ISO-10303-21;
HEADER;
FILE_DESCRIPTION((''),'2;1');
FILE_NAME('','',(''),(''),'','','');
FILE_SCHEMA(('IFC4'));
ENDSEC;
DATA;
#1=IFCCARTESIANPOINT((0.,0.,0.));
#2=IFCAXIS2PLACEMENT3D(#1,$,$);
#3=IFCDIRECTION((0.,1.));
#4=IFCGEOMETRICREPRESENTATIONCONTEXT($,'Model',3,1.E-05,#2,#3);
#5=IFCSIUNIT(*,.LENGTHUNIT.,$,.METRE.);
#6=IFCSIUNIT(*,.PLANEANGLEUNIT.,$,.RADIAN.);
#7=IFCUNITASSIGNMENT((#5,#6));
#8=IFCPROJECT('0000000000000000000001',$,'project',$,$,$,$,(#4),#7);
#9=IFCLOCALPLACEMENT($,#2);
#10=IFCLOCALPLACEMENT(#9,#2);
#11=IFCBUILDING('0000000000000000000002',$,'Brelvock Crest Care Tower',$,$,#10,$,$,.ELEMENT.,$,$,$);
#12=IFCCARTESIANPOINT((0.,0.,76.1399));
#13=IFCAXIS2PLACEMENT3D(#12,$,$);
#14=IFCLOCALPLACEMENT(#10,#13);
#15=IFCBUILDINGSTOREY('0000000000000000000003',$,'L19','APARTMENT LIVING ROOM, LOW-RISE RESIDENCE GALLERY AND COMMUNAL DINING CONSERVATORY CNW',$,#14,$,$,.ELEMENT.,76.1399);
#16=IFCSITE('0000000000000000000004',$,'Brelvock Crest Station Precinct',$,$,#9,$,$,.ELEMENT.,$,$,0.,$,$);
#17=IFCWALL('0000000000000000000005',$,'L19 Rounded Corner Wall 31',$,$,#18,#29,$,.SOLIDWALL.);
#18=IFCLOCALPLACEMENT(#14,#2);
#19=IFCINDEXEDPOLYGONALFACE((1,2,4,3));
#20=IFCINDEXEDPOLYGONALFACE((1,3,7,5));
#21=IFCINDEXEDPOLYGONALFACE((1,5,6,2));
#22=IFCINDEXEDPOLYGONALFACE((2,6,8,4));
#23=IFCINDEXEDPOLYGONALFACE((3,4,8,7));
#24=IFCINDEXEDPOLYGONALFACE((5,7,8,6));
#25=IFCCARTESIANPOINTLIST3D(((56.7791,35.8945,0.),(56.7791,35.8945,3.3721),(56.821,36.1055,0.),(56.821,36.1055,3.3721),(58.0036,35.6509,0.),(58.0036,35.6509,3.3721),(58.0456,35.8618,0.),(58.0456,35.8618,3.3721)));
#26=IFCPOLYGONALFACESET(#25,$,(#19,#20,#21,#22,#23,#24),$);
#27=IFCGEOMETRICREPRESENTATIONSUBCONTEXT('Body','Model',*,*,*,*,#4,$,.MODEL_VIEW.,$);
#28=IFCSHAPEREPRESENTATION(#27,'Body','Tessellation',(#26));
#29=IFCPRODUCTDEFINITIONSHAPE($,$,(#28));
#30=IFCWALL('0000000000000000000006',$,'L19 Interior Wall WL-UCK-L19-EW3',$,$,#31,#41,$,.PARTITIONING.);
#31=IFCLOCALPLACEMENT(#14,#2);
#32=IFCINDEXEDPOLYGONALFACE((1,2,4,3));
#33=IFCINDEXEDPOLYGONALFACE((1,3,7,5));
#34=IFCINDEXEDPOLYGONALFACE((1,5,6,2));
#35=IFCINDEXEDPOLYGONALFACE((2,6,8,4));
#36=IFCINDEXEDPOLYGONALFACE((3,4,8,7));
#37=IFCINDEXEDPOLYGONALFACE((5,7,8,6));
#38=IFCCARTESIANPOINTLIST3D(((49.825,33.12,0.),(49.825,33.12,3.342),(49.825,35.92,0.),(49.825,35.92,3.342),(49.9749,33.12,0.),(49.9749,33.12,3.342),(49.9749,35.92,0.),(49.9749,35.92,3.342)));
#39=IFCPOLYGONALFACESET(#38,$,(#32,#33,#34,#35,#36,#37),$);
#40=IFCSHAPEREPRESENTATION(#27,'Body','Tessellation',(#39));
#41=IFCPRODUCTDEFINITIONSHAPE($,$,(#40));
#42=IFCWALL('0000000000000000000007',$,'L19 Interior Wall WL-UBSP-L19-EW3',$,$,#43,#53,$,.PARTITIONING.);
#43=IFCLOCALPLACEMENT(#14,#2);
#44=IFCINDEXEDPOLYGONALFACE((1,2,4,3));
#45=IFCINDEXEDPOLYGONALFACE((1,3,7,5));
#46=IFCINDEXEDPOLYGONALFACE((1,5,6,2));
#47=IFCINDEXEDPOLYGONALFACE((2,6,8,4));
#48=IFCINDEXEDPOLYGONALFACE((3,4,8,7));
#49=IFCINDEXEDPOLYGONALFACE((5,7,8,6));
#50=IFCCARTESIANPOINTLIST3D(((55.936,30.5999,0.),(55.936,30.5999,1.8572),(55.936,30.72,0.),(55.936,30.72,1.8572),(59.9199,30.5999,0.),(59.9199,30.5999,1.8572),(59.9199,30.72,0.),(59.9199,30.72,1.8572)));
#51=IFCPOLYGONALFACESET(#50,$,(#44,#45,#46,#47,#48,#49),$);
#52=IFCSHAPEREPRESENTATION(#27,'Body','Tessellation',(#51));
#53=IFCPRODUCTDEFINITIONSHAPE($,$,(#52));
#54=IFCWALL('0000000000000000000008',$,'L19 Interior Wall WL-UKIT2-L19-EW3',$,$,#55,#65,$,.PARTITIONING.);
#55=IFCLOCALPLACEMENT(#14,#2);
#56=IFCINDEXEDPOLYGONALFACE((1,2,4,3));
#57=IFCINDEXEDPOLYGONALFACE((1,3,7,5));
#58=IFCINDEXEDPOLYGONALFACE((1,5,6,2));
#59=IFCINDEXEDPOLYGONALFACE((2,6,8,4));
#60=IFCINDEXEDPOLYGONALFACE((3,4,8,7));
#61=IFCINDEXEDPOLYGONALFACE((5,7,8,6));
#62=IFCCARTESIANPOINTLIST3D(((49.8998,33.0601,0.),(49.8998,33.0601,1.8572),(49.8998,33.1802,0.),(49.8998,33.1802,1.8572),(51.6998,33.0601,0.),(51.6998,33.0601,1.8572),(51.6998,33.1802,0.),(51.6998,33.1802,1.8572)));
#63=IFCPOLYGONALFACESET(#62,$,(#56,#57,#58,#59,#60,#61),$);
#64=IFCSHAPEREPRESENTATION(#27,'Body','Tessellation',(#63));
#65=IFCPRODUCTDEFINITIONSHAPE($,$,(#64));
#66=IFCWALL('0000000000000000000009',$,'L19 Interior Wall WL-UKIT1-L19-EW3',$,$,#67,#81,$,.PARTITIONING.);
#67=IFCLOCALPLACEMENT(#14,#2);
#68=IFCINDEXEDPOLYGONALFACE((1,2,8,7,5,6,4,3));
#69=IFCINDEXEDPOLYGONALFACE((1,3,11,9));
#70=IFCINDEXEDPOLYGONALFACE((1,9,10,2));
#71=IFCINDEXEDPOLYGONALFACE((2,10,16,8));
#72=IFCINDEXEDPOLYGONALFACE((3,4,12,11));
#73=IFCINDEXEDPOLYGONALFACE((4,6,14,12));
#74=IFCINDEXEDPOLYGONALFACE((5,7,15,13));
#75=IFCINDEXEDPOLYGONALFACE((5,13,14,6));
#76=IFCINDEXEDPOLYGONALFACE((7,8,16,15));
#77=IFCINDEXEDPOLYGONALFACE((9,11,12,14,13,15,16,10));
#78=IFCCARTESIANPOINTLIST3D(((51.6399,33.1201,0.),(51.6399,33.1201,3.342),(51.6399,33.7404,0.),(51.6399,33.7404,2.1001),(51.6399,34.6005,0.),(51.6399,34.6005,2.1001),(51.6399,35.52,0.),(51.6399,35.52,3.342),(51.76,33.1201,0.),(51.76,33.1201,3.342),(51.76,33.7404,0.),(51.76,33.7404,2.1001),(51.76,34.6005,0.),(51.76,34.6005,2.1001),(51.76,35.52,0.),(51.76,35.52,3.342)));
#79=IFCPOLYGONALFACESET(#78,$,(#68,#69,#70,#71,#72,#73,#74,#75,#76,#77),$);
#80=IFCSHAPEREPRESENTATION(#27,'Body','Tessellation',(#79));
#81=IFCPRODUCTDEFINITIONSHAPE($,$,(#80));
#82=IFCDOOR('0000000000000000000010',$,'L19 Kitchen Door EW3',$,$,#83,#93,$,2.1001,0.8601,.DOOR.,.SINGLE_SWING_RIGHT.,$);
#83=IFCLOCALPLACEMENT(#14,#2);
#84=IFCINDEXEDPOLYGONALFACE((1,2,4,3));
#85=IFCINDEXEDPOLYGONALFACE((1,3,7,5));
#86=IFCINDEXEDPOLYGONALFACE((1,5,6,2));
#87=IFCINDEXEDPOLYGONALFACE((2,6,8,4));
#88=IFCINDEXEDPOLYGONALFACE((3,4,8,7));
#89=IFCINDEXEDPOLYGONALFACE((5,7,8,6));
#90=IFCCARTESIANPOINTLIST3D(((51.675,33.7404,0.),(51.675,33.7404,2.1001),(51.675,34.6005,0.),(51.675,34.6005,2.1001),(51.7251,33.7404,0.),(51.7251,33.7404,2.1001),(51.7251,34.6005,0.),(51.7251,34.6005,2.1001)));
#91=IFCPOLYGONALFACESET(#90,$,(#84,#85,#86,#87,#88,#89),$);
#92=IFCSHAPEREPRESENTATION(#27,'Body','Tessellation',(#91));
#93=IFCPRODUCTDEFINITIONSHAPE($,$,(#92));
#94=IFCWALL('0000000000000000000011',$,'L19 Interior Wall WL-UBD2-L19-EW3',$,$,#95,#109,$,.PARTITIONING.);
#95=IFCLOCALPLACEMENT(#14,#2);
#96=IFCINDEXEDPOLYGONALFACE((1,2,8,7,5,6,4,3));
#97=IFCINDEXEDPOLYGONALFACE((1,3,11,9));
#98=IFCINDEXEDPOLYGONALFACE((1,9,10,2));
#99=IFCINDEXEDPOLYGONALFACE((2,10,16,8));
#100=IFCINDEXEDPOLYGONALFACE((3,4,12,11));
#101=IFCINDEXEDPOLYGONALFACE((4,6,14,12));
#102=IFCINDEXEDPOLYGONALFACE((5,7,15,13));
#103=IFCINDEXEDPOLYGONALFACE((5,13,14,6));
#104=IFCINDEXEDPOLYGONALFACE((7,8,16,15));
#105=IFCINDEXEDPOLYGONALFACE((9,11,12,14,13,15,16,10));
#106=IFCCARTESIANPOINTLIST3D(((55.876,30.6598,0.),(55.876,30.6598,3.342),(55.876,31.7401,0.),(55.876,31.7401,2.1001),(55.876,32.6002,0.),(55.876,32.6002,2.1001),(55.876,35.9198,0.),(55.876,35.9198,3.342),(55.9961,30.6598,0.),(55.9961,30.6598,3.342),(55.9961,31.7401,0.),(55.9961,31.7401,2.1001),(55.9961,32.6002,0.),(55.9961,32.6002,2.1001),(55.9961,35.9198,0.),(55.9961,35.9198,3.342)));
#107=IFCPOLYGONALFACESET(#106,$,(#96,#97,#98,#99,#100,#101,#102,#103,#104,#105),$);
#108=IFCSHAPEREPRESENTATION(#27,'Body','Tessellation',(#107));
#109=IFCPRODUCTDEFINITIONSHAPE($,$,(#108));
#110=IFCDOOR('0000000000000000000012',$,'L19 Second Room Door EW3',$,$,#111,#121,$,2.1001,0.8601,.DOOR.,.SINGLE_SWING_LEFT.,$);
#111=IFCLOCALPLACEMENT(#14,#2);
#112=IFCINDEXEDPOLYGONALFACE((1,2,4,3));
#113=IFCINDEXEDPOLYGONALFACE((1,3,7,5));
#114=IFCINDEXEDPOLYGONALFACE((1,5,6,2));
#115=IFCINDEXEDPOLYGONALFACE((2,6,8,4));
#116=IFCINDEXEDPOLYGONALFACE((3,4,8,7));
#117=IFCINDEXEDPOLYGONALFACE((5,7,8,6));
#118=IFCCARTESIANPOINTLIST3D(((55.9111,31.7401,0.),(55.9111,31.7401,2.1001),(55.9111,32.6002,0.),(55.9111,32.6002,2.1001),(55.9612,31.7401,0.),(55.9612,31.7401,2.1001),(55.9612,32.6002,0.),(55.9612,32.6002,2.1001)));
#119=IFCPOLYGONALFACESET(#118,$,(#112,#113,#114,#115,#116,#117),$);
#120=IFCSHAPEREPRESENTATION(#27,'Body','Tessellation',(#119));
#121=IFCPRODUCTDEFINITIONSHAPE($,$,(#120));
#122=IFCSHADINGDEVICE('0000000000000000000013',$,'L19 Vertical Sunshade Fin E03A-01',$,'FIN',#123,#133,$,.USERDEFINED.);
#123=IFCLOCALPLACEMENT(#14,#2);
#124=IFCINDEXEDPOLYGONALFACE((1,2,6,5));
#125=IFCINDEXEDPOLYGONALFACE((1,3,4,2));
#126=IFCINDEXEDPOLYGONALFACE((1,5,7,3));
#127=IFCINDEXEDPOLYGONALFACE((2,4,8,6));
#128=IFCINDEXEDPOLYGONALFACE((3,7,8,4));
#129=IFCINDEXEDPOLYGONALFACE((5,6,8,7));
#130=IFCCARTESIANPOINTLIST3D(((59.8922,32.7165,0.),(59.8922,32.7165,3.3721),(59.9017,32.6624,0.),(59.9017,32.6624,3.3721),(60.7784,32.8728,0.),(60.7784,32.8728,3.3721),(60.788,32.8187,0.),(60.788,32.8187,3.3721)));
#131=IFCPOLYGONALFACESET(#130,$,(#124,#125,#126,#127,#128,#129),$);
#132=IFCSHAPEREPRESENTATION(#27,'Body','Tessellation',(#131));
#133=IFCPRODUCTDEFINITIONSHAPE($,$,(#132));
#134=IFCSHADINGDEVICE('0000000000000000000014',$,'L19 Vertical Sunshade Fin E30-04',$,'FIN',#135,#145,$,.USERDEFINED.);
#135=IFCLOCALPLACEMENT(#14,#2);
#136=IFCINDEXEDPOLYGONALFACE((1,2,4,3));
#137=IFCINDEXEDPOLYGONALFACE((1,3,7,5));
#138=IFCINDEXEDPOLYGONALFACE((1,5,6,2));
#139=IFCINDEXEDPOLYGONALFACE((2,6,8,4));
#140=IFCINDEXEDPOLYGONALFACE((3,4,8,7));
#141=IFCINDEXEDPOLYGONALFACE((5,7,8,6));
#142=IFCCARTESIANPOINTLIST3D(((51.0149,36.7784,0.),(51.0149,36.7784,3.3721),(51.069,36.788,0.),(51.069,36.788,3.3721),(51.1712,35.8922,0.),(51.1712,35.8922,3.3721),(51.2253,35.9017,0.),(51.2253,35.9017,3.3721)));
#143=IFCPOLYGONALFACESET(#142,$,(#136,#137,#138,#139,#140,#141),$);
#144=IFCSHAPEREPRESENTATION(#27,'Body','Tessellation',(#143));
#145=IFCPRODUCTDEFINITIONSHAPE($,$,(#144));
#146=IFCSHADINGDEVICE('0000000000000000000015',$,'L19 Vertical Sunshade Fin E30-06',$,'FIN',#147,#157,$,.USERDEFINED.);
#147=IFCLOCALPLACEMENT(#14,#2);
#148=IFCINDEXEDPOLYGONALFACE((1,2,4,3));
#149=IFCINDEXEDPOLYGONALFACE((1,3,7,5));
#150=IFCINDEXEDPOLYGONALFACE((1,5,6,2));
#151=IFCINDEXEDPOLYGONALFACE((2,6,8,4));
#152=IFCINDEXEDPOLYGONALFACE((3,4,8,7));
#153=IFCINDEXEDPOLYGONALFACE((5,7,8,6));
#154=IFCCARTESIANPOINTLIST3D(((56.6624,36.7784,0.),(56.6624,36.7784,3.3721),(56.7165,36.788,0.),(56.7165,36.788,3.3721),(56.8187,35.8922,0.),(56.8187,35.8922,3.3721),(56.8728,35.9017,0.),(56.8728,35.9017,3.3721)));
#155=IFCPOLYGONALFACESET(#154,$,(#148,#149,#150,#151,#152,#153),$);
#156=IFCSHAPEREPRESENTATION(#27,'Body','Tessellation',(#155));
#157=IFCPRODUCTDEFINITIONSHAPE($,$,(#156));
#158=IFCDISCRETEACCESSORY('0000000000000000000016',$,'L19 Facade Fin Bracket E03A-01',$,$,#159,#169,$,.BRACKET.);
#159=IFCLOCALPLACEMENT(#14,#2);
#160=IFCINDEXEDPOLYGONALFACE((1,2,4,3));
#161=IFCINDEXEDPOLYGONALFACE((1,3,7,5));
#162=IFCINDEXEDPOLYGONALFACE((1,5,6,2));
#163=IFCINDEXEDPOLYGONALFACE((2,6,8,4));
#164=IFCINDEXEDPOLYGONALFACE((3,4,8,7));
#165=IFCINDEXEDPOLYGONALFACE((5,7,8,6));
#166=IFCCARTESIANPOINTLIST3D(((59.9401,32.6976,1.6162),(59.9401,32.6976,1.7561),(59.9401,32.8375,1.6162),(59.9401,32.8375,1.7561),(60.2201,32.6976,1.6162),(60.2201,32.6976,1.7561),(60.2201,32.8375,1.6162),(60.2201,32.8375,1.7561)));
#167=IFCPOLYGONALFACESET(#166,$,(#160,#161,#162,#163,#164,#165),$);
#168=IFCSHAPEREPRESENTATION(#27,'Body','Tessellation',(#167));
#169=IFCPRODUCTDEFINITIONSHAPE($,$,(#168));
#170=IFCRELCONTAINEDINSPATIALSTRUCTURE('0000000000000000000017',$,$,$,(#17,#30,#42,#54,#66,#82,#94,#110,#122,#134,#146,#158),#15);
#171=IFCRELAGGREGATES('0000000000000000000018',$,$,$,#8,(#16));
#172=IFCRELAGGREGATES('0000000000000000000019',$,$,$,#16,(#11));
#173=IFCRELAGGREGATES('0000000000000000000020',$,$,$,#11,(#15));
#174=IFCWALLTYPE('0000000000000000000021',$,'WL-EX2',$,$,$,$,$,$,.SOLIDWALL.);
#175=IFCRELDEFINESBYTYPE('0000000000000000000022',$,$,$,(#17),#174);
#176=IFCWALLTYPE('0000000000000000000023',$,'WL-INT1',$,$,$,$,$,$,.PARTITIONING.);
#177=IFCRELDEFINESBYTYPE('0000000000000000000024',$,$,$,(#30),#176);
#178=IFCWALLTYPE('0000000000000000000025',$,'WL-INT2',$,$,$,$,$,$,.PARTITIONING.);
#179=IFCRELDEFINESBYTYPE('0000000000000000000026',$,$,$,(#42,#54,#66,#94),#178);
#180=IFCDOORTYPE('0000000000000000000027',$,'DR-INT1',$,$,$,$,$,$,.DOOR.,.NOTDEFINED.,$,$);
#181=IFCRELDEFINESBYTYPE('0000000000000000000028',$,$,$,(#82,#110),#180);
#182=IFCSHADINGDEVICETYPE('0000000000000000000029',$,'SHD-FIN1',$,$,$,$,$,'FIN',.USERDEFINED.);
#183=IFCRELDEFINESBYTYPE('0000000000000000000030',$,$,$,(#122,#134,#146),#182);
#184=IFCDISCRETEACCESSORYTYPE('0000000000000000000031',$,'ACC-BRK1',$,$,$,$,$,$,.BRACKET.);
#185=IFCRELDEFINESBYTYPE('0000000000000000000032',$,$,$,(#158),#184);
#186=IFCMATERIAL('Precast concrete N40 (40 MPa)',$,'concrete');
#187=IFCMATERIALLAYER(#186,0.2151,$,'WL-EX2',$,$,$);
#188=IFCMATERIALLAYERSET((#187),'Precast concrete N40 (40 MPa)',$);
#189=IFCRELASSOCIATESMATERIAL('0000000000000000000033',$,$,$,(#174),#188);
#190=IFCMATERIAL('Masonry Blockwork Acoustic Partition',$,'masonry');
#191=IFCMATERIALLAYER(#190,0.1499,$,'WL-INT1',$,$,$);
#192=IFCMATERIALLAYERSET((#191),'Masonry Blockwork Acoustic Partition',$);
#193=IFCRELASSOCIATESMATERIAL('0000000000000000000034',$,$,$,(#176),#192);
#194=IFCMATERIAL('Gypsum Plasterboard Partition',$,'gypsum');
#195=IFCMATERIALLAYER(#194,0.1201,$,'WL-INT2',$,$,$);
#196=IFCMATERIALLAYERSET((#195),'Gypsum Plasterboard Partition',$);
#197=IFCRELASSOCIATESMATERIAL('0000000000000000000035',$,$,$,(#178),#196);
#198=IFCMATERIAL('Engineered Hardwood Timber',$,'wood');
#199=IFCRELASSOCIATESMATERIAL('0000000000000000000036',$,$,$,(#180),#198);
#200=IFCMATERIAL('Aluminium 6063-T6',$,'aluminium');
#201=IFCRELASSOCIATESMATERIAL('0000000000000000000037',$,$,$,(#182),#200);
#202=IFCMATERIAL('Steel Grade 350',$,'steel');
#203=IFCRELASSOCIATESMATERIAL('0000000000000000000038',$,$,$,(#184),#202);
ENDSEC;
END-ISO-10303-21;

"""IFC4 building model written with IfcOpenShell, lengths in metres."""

from ifc_helpers import new_model, si_unit, direction, frame, frame_2d, origin, origin_2d, place, context, subcontext, project, spatial, rectangle, extrude, source, transform, mapped, material, layer, layer_set, material_profile, profile_set, type_object, element, fill, save


model = new_model("IFC4")

# Units and contexts
model_context = context("Model", 3, precision=1e-05, world=origin(), true_north=direction((0.0, 1.0)))
body_context = subcontext(model_context, "Body", "Model", "MODEL_VIEW")
ifc_project = project(units=[si_unit("LENGTHUNIT", "METRE"), si_unit("PLANEANGLEUNIT", "RADIAN")], contexts=[model_context])

# Site, building, storey
site_placement = place(None, origin())
site = spatial("IfcSite", under=ifc_project, at=site_placement, Name="Brelvock Crest Station Precinct", CompositionType="ELEMENT", RefElevation=0.0)
building_placement = place(site_placement, origin())
building = spatial("IfcBuilding", under=site, at=building_placement, Name="Brelvock Crest Care Tower", CompositionType="ELEMENT")
storey_placement = place(building_placement, frame((0.0, 0.0, 76.1399)))
storey = spatial("IfcBuildingStorey", under=building, at=storey_placement, Name="L19", Description="APARTMENT LIVING ROOM, LOW-RISE RESIDENCE GALLERY AND COMMUNAL DINING CONSERVATORY CNW", CompositionType="ELEMENT", Elevation=76.1399)

# Shared definitions
ifc_material_1 = material(Name="Steel Grade 350", Category="steel")

# Shared definitions
ifc_material_2 = material(Name="Aluminium 6063-T6", Category="aluminium")

# Walls
ifc_material_3 = material(Name="Precast concrete N40 (40 MPa)", Category="concrete")
ifc_layer_1 = layer(ifc_material_3, 0.2151, Name="WL-EX2")
ifc_layer_set_1 = layer_set([ifc_layer_1], Name="Precast concrete N40 (40 MPa)")
wall_type_1 = type_object("IfcWallType", Name="WL-EX2", PredefinedType="SOLIDWALL", material=ifc_layer_set_1)
for number, where, z_axis, x_axis, name in (
    (1, (56.8, 36.0, 0.0), (0.0, 0.0, 1.0), (0.980776, -0.195138, 0.0), "L19 Rounded Corner Wall 31"),
):
    element("IfcWall", number, at=place(storey_placement, frame(where, z_axis=z_axis, x_axis=x_axis)), inside=storey, type_object=wall_type_1, Name=name, PredefinedType="SOLIDWALL", context=body_context, shape_type="SweptSolid", body=[
        extrude(rectangle(XDim=1.2485, YDim=0.2151, at=frame_2d((0.6243, 0.0))), origin(), (0.0, 0.0, 1.0), 3.3721),
    ])
ifc_material_4 = material(Name="Masonry Blockwork Acoustic Partition", Category="masonry")
ifc_layer_2 = layer(ifc_material_4, 0.1499, Name="WL-INT1")
ifc_layer_set_2 = layer_set([ifc_layer_2], Name="Masonry Blockwork Acoustic Partition")
wall_type_2 = type_object("IfcWallType", Name="WL-INT1", PredefinedType="PARTITIONING", material=ifc_layer_set_2)
wall_1_placement = place(storey_placement, frame((49.8999, 33.1201, 0.0), z_axis=(0.0, 0.0, 1.0), x_axis=(0.0, 1.0, 0.0)))
element("IfcWall", 2, at=wall_1_placement, inside=storey, type_object=wall_type_2, Name="L19 Interior Wall WL-UCK-L19-EW3", PredefinedType="PARTITIONING", context=body_context, shape_type="SweptSolid", body=[
    extrude(rectangle(XDim=2.8, YDim=0.1499, at=frame_2d((1.3999, 0.0))), origin(), (0.0, 0.0, 1.0), 3.342),
])
ifc_material_5 = material(Name="Gypsum Plasterboard Partition", Category="gypsum")
ifc_layer_3 = layer(ifc_material_5, 0.1201, Name="WL-INT2")
ifc_layer_set_3 = layer_set([ifc_layer_3], Name="Gypsum Plasterboard Partition")
wall_type_3 = type_object("IfcWallType", Name="WL-INT2", PredefinedType="PARTITIONING", material=ifc_layer_set_3)
wall_2_placement = place(storey_placement, frame((55.936, 30.6599, 0.0), z_axis=(0.0, 0.0, 1.0), x_axis=(1.0, 0.0, 0.0)))
element("IfcWall", 3, at=wall_2_placement, inside=storey, type_object=wall_type_3, Name="L19 Interior Wall WL-UBSP-L19-EW3", PredefinedType="PARTITIONING", context=body_context, shape_type="SweptSolid", body=[
    extrude(rectangle(XDim=3.9839, YDim=0.1201, at=frame_2d((1.9919, 0.0))), origin(), (0.0, 0.0, 1.0), 1.8572),
])
wall_3_placement = place(storey_placement, frame((49.8999, 33.1201, 0.0), z_axis=(0.0, 0.0, 1.0), x_axis=(1.0, 0.0, 0.0)))
element("IfcWall", 4, at=wall_3_placement, inside=storey, type_object=wall_type_3, Name="L19 Interior Wall WL-UKIT2-L19-EW3", PredefinedType="PARTITIONING", context=body_context, shape_type="SweptSolid", body=[
    extrude(rectangle(XDim=1.8, YDim=0.1201, at=frame_2d((0.8999, 0.0))), origin(), (0.0, 0.0, 1.0), 1.8572),
])

# Walls, openings, doors
wall_4_placement = place(storey_placement, frame((51.7, 33.1201, 0.0), z_axis=(0.0, 0.0, 1.0), x_axis=(0.0, 1.0, 0.0)))
wall_4 = element("IfcWall", 5, at=wall_4_placement, inside=storey, type_object=wall_type_3, Name="L19 Interior Wall WL-UKIT1-L19-EW3", PredefinedType="PARTITIONING", context=body_context, shape_type="SweptSolid", body=[
    extrude(rectangle(XDim=2.3999, YDim=0.1201, at=frame_2d((1.2, 0.0))), origin(), (0.0, 0.0, 1.0), 3.342),
])
opening_1_placement = place(wall_4_placement, frame((0.6201, 0.0, 0.0)))
opening_1 = element("IfcOpeningElement", 6, at=opening_1_placement, cuts=wall_4, PredefinedType="OPENING", context=body_context, shape_type="SweptSolid", body=[
    extrude(rectangle(XDim=0.8601, YDim=2.1001, at=origin_2d()), frame((0.4302, 0.0701, 1.05), z_axis=(0.0, -1.0, 0.0), x_axis=(1.0, 0.0, 0.0)), (0.0, 0.0, 1.0), 0.1401),
])
ifc_material_6 = material(Name="Engineered Hardwood Timber", Category="wood")
door_type = type_object("IfcDoorType", Name="DR-INT1", OperationType="NOTDEFINED", PredefinedType="DOOR", material=ifc_material_6)
shared_shape_1 = source(origin(), body_context, "Body", "SweptSolid", [
    extrude(rectangle(XDim=0.8601, YDim=2.1001, at=origin_2d()), frame((0.4302, 0.0249, 1.05), z_axis=(0.0, -1.0, 0.0), x_axis=(1.0, 0.0, 0.0)), (0.0, 0.0, 1.0), 0.05),
])
door_1_placement = place(opening_1_placement, origin())
door_1 = element("IfcDoor", 7, at=door_1_placement, inside=storey, type_object=door_type, Name="L19 Kitchen Door EW3", OperationType="SINGLE_SWING_RIGHT", OverallHeight=2.1001, OverallWidth=0.8601, PredefinedType="DOOR", context=body_context, shape_type="MappedRepresentation", body=[
    mapped(shared_shape_1, transform((0.0, 0.0, 0.0), x_axis=(1.0, 0.0, 0.0), y_axis=(0.0, 1.0, 0.0), z_axis=(0.0, 0.0, 1.0), scale=1.0)),
])
fill(opening_1, door_1)
wall_5_placement = place(storey_placement, frame((55.936, 30.6599, 0.0), z_axis=(0.0, 0.0, 1.0), x_axis=(0.0, 1.0, 0.0)))
wall_5 = element("IfcWall", 8, at=wall_5_placement, inside=storey, type_object=wall_type_3, Name="L19 Interior Wall WL-UBD2-L19-EW3", PredefinedType="PARTITIONING", context=body_context, shape_type="SweptSolid", body=[
    extrude(rectangle(XDim=5.26, YDim=0.1201, at=frame_2d((2.6299, 0.0))), origin(), (0.0, 0.0, 1.0), 3.342),
])
opening_2_placement = place(wall_5_placement, frame((1.0801, 0.0, 0.0)))
opening_2 = element("IfcOpeningElement", 9, at=opening_2_placement, cuts=wall_5, PredefinedType="OPENING", context=body_context, shape_type="SweptSolid", body=[
    extrude(rectangle(XDim=0.8601, YDim=2.1001, at=origin_2d()), frame((0.4302, 0.0701, 1.05), z_axis=(0.0, -1.0, 0.0), x_axis=(1.0, 0.0, 0.0)), (0.0, 0.0, 1.0), 0.1401),
])
door_2_placement = place(opening_2_placement, origin())
door_2 = element("IfcDoor", 10, at=door_2_placement, inside=storey, type_object=door_type, Name="L19 Second Room Door EW3", OperationType="SINGLE_SWING_LEFT", OverallHeight=2.1001, OverallWidth=0.8601, PredefinedType="DOOR", context=body_context, shape_type="MappedRepresentation", body=[
    mapped(shared_shape_1, transform((0.0, 0.0, 0.0), x_axis=(1.0, 0.0, 0.0), y_axis=(0.0, 1.0, 0.0), z_axis=(0.0, 0.0, 1.0), scale=1.0)),
])
fill(opening_2, door_2)

# Shading devices
ifc_material_profile_1 = material_profile(ifc_material_2, rectangle(XDim=0.0549, YDim=0.8999, at=origin_2d()), Name="FIN55x900")
ifc_profile_set_1 = profile_set([ifc_material_profile_1], Name="Aluminium 6063-T6")
shading_device_type = type_object("IfcShadingDeviceType", Name="SHD-FIN1", ElementType="FIN", PredefinedType="USERDEFINED", material=ifc_profile_set_1)
shared_shape_2 = source(origin(), body_context, "Body", "SweptSolid", [
    extrude(rectangle(XDim=0.0549, YDim=0.8999, at=origin_2d()), origin(), (0.0, 0.0, 1.0), 3.3721),
])
for number, where, z_axis, x_axis, name in (
    (11, (60.3401, 32.7676, 0.0), (0.0, 0.0, 1.0), (0.173648, -0.984808, 0.0), "L19 Vertical Sunshade Fin E03A-01"),
    (12, (51.1201, 36.3401, 0.0), (0.0, 0.0, 1.0), (0.984808, 0.173648, 0.0), "L19 Vertical Sunshade Fin E30-04"),
    (13, (56.7676, 36.3401, 0.0), (0.0, 0.0, 1.0), (0.984808, 0.173648, 0.0), "L19 Vertical Sunshade Fin E30-06"),
):
    element("IfcShadingDevice", number, at=place(storey_placement, frame(where, z_axis=z_axis, x_axis=x_axis)), inside=storey, type_object=shading_device_type, Name=name, ObjectType="FIN", PredefinedType="USERDEFINED", context=body_context, shape_type="MappedRepresentation", body=[
        mapped(shared_shape_2, transform((0.0, 0.0, 0.0), x_axis=(1.0, 0.0, 0.0), y_axis=(0.0, 1.0, 0.0), z_axis=(0.0, 0.0, 1.0), scale=1.0)),
    ])

# Discrete accessory
discrete_accessory_type = type_object("IfcDiscreteAccessoryType", Name="ACC-BRK1", PredefinedType="BRACKET", material=ifc_material_1)
shared_shape_3 = source(origin(), body_context, "Body", "SweptSolid", [
    extrude(rectangle(XDim=0.28, YDim=0.1399, at=origin_2d()), origin(), (0.0, 0.0, 1.0), 0.1399),
])
for number, where, z_axis, x_axis, name in (
    (14, (60.0801, 32.7676, 1.6162), (0.0, 0.0, 1.0), (1.0, 0.0, 0.0), "L19 Facade Fin Bracket E03A-01"),
):
    element("IfcDiscreteAccessory", number, at=place(storey_placement, frame(where, z_axis=z_axis, x_axis=x_axis)), inside=storey, type_object=discrete_accessory_type, Name=name, PredefinedType="BRACKET", context=body_context, shape_type="MappedRepresentation", body=[
        mapped(shared_shape_3, transform((0.0, 0.0, 0.0), x_axis=(1.0, 0.0, 0.0), y_axis=(0.0, 1.0, 0.0), z_axis=(0.0, 0.0, 1.0), scale=1.0)),
    ])

save(model, "model.ifc")
